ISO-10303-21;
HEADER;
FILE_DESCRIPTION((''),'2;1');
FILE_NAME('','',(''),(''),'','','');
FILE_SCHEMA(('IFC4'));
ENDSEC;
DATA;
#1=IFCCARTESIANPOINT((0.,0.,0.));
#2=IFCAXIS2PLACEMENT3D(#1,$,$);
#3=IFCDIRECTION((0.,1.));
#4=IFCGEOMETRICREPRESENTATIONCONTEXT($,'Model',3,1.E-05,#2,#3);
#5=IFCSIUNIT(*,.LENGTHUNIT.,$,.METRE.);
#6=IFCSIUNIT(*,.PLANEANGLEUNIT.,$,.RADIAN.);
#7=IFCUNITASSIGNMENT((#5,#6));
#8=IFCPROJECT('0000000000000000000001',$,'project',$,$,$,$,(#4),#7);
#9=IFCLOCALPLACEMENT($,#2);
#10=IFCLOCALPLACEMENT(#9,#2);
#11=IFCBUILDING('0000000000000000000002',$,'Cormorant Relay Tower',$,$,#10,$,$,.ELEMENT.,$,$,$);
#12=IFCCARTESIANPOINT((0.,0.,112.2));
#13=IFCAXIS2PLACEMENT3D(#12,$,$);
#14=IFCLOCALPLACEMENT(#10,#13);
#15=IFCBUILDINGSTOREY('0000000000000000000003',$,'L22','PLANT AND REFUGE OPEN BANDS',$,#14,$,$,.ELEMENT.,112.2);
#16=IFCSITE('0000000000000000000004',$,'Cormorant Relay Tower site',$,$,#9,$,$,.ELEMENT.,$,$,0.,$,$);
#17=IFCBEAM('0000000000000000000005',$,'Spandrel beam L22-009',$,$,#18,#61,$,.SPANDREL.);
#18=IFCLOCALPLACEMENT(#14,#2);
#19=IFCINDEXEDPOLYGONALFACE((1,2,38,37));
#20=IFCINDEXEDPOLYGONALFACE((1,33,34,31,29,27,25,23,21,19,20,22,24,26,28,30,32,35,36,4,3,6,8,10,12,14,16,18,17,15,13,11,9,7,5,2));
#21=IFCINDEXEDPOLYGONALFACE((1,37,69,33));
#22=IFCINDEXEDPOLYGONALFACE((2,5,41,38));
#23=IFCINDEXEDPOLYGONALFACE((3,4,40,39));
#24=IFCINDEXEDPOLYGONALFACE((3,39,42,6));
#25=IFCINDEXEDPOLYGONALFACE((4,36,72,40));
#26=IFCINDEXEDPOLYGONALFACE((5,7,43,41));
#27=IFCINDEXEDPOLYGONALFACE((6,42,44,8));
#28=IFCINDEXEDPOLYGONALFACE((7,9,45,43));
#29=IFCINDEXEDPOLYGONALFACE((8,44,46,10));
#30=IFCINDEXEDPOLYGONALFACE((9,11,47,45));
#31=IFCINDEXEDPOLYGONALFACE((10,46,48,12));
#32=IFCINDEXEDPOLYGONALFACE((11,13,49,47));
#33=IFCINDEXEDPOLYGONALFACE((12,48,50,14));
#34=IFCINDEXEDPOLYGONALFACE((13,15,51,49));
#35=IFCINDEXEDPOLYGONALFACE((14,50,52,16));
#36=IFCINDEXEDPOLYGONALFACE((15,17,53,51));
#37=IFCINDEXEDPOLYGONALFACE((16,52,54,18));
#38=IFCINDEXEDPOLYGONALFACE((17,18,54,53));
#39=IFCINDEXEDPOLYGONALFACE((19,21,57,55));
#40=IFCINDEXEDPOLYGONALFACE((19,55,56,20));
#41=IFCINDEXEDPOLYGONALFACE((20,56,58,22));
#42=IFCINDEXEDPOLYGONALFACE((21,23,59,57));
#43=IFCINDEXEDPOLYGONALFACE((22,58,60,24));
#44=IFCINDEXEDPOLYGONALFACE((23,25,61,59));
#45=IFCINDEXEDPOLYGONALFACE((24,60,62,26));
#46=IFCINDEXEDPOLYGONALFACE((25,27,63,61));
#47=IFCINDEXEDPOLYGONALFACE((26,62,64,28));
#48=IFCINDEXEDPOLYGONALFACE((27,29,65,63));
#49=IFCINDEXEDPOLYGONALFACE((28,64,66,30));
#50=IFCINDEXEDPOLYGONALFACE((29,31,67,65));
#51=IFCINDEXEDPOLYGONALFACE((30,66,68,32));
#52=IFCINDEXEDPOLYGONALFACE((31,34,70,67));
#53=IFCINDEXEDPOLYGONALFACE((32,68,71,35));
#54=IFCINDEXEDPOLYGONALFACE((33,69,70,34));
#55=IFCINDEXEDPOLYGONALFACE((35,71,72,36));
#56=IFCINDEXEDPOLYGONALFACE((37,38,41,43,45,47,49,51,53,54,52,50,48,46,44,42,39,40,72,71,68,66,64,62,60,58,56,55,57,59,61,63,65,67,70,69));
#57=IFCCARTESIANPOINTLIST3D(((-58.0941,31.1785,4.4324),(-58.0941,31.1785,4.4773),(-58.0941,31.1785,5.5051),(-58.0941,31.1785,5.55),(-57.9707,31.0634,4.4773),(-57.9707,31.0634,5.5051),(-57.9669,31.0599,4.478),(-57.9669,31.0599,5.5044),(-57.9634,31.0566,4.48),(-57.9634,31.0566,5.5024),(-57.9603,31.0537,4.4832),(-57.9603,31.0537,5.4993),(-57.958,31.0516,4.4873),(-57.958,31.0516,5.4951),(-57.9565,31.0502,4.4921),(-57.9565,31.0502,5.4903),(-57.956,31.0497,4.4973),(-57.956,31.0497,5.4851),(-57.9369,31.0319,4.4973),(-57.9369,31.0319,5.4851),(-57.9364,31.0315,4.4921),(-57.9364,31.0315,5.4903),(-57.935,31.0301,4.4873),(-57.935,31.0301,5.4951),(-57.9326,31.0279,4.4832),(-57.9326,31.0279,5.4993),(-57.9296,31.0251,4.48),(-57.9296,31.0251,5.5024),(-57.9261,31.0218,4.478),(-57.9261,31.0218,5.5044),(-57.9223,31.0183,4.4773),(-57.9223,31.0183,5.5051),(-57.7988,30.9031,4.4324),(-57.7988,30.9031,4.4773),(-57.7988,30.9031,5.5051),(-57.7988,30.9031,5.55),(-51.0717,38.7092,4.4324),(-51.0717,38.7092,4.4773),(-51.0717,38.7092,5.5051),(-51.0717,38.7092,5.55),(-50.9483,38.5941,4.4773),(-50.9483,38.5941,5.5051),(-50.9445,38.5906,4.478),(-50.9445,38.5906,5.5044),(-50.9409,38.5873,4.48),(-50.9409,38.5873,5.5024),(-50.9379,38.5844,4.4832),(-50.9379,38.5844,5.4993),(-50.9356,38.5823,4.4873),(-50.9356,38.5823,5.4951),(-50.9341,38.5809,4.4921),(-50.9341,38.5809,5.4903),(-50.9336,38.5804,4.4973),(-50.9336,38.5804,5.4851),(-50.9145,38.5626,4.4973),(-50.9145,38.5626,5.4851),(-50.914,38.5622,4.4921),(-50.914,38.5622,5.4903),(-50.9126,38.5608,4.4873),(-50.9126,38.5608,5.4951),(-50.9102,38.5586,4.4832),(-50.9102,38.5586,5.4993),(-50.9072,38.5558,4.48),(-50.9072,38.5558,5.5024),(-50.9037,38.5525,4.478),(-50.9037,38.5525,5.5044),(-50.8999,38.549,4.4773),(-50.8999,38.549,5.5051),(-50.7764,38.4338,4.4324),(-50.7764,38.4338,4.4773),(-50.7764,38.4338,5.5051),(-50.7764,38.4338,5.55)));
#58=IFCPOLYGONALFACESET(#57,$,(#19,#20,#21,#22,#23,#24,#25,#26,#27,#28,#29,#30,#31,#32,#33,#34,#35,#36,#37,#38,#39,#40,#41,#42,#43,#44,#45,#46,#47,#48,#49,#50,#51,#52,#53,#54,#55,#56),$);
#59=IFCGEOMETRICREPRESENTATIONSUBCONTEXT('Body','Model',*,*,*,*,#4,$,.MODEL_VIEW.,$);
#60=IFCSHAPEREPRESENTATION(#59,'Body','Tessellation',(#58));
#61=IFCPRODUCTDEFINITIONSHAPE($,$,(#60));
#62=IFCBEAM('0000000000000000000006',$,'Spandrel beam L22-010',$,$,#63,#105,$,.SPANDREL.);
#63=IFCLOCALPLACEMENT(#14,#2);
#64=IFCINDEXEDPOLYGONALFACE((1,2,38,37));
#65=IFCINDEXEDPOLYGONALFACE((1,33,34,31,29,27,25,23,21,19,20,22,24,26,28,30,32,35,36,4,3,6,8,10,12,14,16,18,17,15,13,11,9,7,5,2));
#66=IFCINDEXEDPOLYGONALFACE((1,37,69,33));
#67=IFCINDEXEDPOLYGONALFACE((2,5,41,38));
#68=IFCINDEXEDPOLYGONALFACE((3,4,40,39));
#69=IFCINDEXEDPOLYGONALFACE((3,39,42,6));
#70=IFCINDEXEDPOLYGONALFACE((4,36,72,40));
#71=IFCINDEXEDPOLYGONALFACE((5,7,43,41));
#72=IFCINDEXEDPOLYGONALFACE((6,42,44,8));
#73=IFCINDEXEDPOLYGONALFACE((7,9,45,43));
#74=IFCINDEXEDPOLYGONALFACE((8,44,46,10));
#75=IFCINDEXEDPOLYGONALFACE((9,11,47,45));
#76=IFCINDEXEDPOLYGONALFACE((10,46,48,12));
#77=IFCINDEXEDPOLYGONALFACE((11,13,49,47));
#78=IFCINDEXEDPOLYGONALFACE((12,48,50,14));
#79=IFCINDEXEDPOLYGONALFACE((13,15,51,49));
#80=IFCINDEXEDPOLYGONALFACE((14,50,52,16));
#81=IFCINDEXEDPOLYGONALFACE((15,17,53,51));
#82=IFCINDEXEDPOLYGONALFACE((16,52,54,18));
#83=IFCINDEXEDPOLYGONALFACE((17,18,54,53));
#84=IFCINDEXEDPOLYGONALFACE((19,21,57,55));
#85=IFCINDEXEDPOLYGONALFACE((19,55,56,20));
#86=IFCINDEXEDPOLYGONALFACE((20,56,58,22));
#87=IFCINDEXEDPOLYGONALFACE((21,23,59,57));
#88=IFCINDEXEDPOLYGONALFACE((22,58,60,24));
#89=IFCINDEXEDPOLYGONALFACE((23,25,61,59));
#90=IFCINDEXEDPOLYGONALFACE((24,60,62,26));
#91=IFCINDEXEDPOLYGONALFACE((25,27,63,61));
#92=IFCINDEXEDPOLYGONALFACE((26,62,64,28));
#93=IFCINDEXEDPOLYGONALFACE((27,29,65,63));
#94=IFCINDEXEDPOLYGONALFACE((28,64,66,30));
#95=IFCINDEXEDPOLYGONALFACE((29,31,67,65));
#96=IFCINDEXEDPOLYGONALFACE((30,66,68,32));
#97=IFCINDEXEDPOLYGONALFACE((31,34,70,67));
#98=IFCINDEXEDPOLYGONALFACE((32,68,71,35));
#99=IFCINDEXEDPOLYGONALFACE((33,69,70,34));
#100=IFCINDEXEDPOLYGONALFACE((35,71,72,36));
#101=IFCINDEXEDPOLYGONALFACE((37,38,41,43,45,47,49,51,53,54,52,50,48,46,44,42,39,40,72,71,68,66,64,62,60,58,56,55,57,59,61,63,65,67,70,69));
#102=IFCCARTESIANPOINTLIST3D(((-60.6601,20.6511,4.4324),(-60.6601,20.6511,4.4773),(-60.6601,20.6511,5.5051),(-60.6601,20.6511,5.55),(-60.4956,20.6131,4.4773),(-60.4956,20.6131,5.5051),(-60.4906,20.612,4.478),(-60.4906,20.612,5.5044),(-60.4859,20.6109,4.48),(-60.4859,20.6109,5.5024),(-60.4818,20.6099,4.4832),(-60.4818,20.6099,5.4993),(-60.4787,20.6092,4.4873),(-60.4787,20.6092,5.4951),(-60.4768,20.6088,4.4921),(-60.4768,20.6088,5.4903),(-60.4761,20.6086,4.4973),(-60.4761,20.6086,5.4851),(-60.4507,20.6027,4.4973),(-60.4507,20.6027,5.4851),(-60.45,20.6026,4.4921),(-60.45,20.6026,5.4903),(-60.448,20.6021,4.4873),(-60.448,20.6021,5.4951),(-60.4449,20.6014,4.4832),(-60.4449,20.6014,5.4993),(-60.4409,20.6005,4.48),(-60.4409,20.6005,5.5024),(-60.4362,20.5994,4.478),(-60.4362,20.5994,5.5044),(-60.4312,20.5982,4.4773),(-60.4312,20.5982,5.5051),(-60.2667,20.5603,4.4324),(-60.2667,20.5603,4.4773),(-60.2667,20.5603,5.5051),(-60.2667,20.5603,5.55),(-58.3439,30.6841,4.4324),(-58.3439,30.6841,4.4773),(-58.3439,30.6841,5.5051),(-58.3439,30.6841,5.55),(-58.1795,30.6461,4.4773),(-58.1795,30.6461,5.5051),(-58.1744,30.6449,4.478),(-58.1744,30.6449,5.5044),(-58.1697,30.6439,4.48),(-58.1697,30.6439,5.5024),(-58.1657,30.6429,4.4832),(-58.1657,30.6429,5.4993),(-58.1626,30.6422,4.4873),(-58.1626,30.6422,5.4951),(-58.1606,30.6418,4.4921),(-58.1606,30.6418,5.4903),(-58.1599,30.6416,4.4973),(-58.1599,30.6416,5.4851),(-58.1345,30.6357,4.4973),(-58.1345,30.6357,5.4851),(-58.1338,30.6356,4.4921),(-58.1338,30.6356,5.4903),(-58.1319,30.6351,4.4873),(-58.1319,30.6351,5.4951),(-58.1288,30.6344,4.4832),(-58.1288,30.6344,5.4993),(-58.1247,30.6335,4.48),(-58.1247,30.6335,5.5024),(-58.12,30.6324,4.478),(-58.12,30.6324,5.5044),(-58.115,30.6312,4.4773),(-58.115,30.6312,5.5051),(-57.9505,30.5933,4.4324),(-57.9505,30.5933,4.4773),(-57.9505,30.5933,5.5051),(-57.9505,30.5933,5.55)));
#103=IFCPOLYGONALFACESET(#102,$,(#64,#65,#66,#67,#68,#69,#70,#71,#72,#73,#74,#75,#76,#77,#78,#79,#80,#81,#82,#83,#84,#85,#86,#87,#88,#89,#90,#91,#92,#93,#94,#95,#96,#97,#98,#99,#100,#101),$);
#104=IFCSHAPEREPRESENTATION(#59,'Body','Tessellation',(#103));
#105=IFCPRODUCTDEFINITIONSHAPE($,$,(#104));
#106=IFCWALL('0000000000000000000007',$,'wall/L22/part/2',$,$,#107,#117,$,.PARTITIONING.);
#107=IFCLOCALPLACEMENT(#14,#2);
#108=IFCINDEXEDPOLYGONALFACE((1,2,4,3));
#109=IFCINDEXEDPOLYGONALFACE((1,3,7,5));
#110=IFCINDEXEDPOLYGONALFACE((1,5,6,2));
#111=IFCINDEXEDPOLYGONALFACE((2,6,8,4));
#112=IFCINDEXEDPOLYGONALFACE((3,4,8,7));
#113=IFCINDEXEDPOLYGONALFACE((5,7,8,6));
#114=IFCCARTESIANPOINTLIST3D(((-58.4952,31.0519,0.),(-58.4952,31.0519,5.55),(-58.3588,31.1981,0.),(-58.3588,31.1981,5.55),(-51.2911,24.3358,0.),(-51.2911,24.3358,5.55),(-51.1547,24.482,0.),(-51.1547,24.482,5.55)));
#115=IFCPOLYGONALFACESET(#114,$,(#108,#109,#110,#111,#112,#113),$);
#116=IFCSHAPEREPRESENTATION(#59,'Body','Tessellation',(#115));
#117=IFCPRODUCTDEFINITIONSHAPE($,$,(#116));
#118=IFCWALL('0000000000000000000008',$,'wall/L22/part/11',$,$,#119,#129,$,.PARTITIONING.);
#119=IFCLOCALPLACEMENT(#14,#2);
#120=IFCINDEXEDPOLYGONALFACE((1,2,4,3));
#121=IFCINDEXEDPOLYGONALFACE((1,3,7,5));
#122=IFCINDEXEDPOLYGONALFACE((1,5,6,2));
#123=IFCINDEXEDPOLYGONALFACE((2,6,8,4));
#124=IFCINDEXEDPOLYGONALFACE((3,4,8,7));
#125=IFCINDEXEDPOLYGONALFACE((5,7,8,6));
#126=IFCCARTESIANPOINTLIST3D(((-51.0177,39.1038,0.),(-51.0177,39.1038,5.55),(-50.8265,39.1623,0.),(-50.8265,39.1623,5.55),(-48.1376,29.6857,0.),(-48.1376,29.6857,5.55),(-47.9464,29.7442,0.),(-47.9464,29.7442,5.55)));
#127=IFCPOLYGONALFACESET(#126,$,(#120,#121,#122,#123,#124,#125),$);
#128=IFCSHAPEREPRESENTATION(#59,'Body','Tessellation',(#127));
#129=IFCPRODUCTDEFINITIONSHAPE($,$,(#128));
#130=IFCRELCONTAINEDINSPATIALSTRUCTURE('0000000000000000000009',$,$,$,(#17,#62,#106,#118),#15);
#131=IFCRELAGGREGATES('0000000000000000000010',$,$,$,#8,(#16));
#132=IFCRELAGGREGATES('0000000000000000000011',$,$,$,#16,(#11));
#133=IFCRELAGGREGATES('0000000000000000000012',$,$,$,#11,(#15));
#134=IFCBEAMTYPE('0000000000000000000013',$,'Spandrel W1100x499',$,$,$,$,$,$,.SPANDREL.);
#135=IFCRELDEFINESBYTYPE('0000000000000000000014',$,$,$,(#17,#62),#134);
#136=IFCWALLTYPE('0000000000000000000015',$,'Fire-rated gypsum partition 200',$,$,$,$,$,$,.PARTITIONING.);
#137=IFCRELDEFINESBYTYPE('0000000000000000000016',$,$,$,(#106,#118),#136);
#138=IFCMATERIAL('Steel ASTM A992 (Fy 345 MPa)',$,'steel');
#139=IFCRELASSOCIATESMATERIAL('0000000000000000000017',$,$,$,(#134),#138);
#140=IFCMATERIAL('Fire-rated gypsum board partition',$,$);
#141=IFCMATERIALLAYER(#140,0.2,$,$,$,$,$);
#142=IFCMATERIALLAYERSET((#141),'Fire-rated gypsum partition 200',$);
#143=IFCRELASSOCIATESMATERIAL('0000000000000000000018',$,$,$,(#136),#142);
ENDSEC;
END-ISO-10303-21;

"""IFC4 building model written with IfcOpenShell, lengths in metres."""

from ifc_helpers import new_model, si_unit, direction, frame, frame_2d, origin, origin_2d, place, context, subcontext, project, spatial, rectangle, i_section, extrude, material, layer, layer_set, material_profile, profile_set, type_object, element, save


model = new_model("IFC4")

# Units and contexts
model_context = context("Model", 3, precision=1e-05, world=origin(), true_north=direction((0.0, 1.0)))
body_context = subcontext(model_context, "Body", "Model", "MODEL_VIEW")
ifc_project = project(units=[si_unit("LENGTHUNIT", "METRE"), si_unit("PLANEANGLEUNIT", "RADIAN")], contexts=[model_context])

# Site, building, storey
site_placement = place(None, origin())
site = spatial("IfcSite", under=ifc_project, at=site_placement, Name="Cormorant Relay Tower site", CompositionType="ELEMENT", RefElevation=0.0)
building_placement = place(site_placement, origin())
building = spatial("IfcBuilding", under=site, at=building_placement, Name="Cormorant Relay Tower", CompositionType="ELEMENT")
storey_placement = place(building_placement, frame((0.0, 0.0, 112.2)))
storey = spatial("IfcBuildingStorey", under=building, at=storey_placement, Name="L22", Description="PLANT AND REFUGE OPEN BANDS", CompositionType="ELEMENT", Elevation=112.2)

# Beams
ifc_material_1 = material(Name="Steel ASTM A992 (Fy 345 MPa)", Category="steel")
ifc_material_profile_1 = material_profile(ifc_material_1, i_section(OverallWidth=0.4038, OverallDepth=1.1177, WebThickness=0.0261, FlangeThickness=0.0449, FilletRadius=0.02, at=origin_2d()), Name="W1100x499")
ifc_profile_set_1 = profile_set([ifc_material_profile_1], Name="Steel ASTM A992 (Fy 345 MPa)")
beam_type = type_object("IfcBeamType", Name="Spandrel W1100x499", PredefinedType="SPANDREL", material=ifc_profile_set_1)
for number, where, z_axis, x_axis, name in (
    (1, (-50.9241, 38.5715, 4.9912), (-0.681994, -0.731358, 0.0), (0.731358, -0.681994, 0.0), "Spandrel beam L22-009"),
    (2, (-58.1472, 30.6387, 4.9912), (-0.224939, -0.974373, 0.0), (0.974373, -0.224939, 0.0), "Spandrel beam L22-010"),
):
    element("IfcBeam", number, at=place(storey_placement, frame(where, z_axis=z_axis, x_axis=x_axis)), inside=storey, type_object=beam_type, Name=name, PredefinedType="SPANDREL", context=body_context, shape_type="SweptSolid", body=[
        extrude(i_section(OverallWidth=0.4038, OverallDepth=1.1177, WebThickness=0.0261, FlangeThickness=0.0449, FilletRadius=0.02, at=origin_2d()), origin(), (0.0, 0.0, 1.0), 10.2969),
    ])

# Walls
ifc_material_2 = material(Name="Fire-rated gypsum board partition")
ifc_layer_1 = layer(ifc_material_2, 0.2)
ifc_layer_set_1 = layer_set([ifc_layer_1], Name="Fire-rated gypsum partition 200")
wall_type = type_object("IfcWallType", Name="Fire-rated gypsum partition 200", PredefinedType="PARTITIONING", material=ifc_layer_set_1)
wall_1_placement = place(storey_placement, frame((-58.427, 31.125, 0.0), z_axis=(0.0, 0.0, 1.0), x_axis=(0.731448, -0.681897, 0.0)))
element("IfcWall", 3, at=wall_1_placement, inside=storey, type_object=wall_type, Name="wall/L22/part/2", PredefinedType="PARTITIONING", context=body_context, shape_type="SweptSolid", body=[
    extrude(rectangle(XDim=9.8491, YDim=0.2, at=frame_2d((4.9246, 0.0))), origin(), (0.0, 0.0, 1.0), 5.55),
])
wall_2_placement = place(storey_placement, frame((-50.9221, 39.1331, 0.0), z_axis=(0.0, 0.0, 1.0), x_axis=(0.292443, -0.956283, 0.0)))
element("IfcWall", 4, at=wall_2_placement, inside=storey, type_object=wall_type, Name="wall/L22/part/11", PredefinedType="PARTITIONING", context=body_context, shape_type="SweptSolid", body=[
    extrude(rectangle(XDim=9.8486, YDim=0.2, at=frame_2d((4.9243, 0.0))), origin(), (0.0, 0.0, 1.0), 5.55),
])

save(model, "model.ifc")
